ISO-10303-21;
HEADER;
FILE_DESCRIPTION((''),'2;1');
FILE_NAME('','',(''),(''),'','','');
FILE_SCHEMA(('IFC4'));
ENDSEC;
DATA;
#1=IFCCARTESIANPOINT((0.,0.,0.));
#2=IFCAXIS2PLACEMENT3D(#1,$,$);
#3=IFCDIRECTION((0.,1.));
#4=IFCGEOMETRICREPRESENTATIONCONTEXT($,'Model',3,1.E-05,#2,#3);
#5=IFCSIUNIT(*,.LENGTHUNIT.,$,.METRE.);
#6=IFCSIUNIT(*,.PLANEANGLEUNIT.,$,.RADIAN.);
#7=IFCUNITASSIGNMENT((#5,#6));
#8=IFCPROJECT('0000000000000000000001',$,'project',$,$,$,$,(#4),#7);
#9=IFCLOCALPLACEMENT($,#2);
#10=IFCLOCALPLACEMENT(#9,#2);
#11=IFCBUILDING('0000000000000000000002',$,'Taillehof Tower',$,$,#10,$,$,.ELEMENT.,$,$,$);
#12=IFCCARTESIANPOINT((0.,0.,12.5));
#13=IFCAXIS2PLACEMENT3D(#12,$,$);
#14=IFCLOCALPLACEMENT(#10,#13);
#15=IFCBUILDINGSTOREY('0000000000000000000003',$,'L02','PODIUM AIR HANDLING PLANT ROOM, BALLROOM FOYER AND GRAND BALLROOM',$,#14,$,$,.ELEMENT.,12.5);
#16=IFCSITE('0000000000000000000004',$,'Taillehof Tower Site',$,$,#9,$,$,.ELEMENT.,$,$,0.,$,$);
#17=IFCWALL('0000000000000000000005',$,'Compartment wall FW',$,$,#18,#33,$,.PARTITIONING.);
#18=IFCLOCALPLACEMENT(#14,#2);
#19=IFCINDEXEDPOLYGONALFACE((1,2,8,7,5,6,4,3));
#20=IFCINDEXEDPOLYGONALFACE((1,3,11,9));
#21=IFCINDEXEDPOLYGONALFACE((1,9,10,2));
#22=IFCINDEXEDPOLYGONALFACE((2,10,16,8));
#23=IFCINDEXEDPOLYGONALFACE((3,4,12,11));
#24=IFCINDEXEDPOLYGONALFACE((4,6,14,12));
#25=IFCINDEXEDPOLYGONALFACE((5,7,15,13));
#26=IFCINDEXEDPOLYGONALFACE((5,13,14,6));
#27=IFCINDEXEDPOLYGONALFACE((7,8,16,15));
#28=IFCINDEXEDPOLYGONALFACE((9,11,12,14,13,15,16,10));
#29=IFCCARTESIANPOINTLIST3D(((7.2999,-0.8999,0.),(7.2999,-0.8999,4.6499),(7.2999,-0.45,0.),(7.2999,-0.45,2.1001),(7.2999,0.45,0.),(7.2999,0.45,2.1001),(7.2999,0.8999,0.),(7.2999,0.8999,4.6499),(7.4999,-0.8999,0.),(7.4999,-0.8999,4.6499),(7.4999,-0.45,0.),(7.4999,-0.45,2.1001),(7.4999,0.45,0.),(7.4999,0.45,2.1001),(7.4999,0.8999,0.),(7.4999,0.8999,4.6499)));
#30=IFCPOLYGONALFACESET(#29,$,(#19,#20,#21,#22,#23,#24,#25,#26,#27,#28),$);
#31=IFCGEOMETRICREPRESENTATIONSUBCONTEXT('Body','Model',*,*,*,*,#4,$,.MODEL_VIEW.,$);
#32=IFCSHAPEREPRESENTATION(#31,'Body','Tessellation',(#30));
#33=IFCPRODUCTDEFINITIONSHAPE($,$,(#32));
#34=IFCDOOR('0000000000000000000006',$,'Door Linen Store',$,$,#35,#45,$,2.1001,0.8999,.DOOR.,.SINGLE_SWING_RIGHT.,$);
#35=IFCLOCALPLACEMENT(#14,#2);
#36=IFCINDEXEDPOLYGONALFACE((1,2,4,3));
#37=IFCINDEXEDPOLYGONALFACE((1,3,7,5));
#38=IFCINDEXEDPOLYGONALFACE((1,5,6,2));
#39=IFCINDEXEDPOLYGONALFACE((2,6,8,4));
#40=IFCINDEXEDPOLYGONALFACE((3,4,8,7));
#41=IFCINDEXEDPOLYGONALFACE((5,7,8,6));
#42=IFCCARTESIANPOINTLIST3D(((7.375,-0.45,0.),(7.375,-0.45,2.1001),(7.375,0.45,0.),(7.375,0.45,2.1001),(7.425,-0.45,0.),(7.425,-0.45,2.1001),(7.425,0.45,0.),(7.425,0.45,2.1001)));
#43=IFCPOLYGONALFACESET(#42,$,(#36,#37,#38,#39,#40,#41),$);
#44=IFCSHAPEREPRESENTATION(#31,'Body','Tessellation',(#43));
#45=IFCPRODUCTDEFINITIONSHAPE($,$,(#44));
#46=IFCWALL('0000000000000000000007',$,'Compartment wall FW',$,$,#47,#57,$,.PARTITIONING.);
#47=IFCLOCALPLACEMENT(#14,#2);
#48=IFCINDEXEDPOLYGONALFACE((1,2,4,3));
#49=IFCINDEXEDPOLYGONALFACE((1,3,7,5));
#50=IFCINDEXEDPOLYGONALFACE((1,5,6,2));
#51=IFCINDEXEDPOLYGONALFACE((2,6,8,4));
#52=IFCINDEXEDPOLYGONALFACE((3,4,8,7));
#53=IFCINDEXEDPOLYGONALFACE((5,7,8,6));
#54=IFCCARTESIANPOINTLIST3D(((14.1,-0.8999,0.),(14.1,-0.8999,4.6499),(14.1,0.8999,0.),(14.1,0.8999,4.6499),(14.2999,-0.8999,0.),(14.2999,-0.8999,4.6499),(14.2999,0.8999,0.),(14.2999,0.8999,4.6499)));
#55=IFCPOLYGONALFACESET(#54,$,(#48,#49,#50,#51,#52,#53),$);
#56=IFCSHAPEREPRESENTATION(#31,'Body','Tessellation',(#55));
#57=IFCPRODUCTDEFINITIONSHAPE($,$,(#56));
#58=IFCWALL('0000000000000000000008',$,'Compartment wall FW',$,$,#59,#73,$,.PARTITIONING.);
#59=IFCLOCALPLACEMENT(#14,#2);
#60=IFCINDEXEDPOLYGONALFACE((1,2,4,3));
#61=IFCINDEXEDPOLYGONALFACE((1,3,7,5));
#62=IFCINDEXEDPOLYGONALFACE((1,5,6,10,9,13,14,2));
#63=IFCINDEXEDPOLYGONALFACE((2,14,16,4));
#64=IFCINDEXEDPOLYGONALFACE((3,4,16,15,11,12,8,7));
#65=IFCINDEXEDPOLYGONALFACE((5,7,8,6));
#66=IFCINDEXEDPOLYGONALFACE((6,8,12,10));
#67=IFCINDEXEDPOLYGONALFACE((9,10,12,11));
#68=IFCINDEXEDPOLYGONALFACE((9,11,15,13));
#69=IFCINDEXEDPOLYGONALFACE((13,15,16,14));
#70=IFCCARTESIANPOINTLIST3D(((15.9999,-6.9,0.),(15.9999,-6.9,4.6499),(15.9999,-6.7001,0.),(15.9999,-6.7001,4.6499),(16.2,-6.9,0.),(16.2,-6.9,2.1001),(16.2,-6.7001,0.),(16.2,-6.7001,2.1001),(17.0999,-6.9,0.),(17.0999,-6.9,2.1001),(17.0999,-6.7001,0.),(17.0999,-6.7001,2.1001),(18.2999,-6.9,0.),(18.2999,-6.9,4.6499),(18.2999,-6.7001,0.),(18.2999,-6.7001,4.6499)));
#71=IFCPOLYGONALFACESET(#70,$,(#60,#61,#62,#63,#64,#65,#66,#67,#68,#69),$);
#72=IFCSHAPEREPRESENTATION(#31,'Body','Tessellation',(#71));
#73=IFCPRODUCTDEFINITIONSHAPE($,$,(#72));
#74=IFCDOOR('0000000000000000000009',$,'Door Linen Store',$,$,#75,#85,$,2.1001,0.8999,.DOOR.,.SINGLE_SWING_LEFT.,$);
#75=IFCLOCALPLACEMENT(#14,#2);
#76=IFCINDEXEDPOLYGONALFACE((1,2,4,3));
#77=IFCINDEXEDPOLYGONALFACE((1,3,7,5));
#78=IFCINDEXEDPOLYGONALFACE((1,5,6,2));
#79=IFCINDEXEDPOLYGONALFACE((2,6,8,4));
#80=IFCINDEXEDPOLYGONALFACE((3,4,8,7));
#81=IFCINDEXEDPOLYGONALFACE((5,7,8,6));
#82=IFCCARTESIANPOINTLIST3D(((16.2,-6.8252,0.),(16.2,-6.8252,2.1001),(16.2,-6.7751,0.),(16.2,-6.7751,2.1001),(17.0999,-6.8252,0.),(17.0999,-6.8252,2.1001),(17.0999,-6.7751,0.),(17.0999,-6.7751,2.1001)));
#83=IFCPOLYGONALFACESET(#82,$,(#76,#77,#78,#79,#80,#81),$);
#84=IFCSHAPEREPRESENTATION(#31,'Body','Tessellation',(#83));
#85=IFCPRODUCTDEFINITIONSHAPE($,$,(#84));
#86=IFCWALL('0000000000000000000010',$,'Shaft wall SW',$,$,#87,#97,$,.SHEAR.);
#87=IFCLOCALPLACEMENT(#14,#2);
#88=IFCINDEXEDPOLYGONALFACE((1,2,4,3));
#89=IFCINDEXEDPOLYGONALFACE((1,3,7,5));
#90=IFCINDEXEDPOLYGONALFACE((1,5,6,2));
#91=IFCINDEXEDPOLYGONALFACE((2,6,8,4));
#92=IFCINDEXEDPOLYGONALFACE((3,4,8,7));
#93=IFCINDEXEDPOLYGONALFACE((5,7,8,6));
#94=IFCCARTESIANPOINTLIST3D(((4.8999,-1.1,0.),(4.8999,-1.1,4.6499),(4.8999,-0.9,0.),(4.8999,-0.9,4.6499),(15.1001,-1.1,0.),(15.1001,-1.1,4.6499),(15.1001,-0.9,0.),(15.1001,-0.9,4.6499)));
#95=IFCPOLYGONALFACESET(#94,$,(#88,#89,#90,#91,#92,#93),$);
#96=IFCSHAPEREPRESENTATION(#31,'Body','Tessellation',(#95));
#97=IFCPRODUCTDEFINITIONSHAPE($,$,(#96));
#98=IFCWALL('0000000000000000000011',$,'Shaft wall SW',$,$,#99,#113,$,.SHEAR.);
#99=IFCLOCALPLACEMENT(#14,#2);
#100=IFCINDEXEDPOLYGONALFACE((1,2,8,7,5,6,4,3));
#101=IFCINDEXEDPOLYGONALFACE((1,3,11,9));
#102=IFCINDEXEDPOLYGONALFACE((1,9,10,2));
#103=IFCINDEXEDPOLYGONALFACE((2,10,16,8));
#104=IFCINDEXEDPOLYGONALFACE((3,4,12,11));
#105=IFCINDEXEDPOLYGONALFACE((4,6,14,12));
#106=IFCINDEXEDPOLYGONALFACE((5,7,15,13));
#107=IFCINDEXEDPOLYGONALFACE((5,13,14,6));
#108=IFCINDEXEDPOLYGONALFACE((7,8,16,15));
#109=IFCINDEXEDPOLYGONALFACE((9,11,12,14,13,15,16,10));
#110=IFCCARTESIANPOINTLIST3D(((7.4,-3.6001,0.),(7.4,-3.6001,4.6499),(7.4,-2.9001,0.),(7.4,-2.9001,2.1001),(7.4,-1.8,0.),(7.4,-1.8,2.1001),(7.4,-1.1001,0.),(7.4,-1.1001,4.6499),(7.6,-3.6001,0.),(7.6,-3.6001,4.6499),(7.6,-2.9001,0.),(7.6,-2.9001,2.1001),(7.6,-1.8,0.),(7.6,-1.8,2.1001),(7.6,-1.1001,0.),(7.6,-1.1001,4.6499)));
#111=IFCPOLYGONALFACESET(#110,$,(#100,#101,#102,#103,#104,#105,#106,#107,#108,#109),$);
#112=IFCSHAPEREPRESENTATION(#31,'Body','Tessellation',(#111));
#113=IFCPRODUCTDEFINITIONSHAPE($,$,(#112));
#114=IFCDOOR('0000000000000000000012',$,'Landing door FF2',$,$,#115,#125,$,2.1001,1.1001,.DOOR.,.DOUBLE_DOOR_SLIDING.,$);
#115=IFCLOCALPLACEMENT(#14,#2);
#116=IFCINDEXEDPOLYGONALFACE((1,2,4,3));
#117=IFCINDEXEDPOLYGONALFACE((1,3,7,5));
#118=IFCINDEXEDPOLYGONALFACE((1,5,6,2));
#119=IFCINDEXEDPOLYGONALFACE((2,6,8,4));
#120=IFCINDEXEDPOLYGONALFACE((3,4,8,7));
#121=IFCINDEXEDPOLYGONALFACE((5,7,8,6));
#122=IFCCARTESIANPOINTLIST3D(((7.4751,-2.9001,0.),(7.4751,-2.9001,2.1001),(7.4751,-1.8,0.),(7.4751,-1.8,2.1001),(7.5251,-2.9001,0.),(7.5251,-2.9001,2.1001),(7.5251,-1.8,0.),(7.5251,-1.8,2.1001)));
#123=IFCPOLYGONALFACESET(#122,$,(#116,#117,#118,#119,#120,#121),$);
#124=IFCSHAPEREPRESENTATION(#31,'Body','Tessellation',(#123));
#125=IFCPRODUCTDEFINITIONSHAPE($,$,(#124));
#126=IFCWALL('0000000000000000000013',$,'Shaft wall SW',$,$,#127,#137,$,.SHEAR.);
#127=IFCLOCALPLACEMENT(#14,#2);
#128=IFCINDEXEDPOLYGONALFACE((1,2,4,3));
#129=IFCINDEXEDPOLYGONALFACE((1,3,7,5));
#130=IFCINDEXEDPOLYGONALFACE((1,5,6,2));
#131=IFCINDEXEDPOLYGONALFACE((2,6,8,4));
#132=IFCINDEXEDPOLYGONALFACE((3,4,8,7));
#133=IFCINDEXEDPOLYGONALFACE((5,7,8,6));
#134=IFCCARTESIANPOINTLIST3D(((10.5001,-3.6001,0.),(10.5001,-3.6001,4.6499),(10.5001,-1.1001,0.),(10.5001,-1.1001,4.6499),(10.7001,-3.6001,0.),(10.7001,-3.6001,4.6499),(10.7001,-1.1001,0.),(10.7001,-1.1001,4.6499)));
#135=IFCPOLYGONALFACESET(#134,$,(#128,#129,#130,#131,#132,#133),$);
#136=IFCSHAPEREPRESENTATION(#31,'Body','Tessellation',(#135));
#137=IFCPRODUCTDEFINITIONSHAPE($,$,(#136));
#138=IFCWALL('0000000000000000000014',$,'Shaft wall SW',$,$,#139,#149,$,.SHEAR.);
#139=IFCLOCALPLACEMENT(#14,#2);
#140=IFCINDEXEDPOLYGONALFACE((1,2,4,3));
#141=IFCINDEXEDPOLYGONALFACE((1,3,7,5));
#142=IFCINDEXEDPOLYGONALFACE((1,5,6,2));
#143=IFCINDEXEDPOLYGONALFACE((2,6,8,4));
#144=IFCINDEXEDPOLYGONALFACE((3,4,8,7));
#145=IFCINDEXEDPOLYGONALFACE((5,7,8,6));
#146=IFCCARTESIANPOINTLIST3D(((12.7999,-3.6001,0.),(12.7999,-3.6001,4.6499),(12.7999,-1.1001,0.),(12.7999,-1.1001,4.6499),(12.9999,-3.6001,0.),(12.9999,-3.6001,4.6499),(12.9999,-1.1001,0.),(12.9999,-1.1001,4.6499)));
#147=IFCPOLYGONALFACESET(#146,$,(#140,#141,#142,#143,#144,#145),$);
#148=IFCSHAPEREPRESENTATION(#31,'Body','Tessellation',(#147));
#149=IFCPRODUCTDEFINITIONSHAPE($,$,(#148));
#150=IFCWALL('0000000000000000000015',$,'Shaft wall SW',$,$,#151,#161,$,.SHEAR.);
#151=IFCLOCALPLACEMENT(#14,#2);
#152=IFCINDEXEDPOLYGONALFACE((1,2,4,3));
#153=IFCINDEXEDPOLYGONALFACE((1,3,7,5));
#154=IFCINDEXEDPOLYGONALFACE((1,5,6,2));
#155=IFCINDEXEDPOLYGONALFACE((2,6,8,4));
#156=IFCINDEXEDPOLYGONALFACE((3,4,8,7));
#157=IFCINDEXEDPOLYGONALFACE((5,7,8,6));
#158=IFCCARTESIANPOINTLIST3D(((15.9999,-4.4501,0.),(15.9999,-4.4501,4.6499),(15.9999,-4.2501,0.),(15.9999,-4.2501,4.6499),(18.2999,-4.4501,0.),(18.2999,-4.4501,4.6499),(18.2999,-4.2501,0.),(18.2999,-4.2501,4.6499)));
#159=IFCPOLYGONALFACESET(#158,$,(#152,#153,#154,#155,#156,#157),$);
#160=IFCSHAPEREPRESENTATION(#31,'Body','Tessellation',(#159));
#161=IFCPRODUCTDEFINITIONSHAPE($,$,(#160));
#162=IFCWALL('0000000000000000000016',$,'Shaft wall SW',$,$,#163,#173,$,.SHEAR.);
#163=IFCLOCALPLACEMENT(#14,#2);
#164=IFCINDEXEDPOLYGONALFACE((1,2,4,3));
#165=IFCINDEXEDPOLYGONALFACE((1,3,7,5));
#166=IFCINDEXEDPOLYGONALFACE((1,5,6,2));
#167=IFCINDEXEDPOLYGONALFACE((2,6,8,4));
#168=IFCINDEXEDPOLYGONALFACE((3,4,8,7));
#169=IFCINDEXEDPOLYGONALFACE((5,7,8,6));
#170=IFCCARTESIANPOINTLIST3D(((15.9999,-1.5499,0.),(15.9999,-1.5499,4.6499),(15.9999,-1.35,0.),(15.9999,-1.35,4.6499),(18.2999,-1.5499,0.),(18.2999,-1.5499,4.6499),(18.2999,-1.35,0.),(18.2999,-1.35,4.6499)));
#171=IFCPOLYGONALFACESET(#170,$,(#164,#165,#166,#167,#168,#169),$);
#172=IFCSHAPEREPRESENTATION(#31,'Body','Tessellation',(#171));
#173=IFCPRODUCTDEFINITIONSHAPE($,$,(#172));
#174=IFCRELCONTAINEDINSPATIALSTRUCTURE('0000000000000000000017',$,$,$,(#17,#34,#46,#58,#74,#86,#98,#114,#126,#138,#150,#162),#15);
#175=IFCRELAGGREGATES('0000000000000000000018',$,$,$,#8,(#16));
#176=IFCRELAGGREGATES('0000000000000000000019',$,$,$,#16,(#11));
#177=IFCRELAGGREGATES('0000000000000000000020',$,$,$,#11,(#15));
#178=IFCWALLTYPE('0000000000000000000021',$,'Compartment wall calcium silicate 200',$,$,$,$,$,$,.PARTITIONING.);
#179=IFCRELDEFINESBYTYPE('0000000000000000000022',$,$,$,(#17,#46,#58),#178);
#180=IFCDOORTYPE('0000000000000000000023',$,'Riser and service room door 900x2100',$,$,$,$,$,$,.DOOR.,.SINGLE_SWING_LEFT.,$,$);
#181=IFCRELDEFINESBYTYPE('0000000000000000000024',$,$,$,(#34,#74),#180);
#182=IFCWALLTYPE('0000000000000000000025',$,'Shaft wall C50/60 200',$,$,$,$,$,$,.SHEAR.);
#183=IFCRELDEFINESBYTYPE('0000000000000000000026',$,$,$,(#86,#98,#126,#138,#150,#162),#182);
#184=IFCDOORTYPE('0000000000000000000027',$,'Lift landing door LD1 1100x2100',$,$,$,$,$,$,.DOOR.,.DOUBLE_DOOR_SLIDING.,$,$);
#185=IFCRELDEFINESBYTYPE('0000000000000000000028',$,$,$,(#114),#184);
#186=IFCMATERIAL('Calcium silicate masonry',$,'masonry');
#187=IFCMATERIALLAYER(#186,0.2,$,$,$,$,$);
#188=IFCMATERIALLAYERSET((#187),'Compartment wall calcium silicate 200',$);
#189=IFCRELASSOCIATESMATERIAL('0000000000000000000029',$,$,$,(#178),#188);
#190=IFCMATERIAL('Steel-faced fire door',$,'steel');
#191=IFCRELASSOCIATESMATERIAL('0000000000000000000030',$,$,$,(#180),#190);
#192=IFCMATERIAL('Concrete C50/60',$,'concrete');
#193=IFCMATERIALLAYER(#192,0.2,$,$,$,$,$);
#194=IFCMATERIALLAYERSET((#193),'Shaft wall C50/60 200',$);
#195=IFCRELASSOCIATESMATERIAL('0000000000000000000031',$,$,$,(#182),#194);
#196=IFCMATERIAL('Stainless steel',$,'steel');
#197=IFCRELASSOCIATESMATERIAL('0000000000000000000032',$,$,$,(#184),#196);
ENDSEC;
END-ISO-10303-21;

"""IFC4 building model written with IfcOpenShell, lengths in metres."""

from ifc_helpers import new_model, si_unit, direction, frame, frame_2d, origin, place, context, subcontext, project, spatial, rectangle, extrude, material, layer, layer_set, type_object, element, fill, save


model = new_model("IFC4")

# Units and contexts
model_context = context("Model", 3, precision=1e-05, world=origin(), true_north=direction((0.0, 1.0)))
body_context = subcontext(model_context, "Body", "Model", "MODEL_VIEW")
ifc_project = project(units=[si_unit("LENGTHUNIT", "METRE"), si_unit("PLANEANGLEUNIT", "RADIAN")], contexts=[model_context])

# Site, building, storey
site_placement = place(None, origin())
site = spatial("IfcSite", under=ifc_project, at=site_placement, Name="Taillehof Tower Site", CompositionType="ELEMENT", RefElevation=0.0)
building_placement = place(site_placement, origin())
building = spatial("IfcBuilding", under=site, at=building_placement, Name="Taillehof Tower", CompositionType="ELEMENT")
storey_placement = place(building_placement, frame((0.0, 0.0, 12.5)))
storey = spatial("IfcBuildingStorey", under=building, at=storey_placement, Name="L02", Description="PODIUM AIR HANDLING PLANT ROOM, BALLROOM FOYER AND GRAND BALLROOM", CompositionType="ELEMENT", Elevation=12.5)

# Wall, opening, door
ifc_material_1 = material(Name="Calcium silicate masonry", Category="masonry")
ifc_layer_1 = layer(ifc_material_1, 0.2)
ifc_layer_set_1 = layer_set([ifc_layer_1], Name="Compartment wall calcium silicate 200")
wall_type_1 = type_object("IfcWallType", Name="Compartment wall calcium silicate 200", PredefinedType="PARTITIONING", material=ifc_layer_set_1)
wall_1_placement = place(storey_placement, frame((7.3999, -0.8999, 0.0), z_axis=(0.0, 0.0, 1.0), x_axis=(0.0, 1.0, 0.0)))
wall_1 = element("IfcWall", 1, at=wall_1_placement, inside=storey, type_object=wall_type_1, Name="Compartment wall FW", PredefinedType="PARTITIONING", context=body_context, shape_type="SweptSolid", body=[
    extrude(rectangle(XDim=1.7998, YDim=0.2, at=frame_2d((0.8999, 0.0))), origin(), (0.0, 0.0, 1.0), 4.6499),
])
opening_1_placement = place(wall_1_placement, frame((0.45, 0.0, 0.0)))
opening_1 = element("IfcOpeningElement", 2, at=opening_1_placement, cuts=wall_1, PredefinedType="OPENING", context=body_context, shape_type="SweptSolid", body=[
    extrude(rectangle(XDim=0.8999, YDim=2.1001, at=frame_2d((0.45, 1.05))), frame((0.0, 0.1099, 0.0), z_axis=(0.0, -1.0, 0.0), x_axis=(1.0, 0.0, 0.0)), (0.0, 0.0, 1.0), 0.22),
])
ifc_material_2 = material(Name="Steel-faced fire door", Category="steel")
door_type_1 = type_object("IfcDoorType", Name="Riser and service room door 900x2100", OperationType="SINGLE_SWING_LEFT", PredefinedType="DOOR", material=ifc_material_2)
door_1_placement = place(opening_1_placement, origin())
door_1 = element("IfcDoor", 3, at=door_1_placement, inside=storey, type_object=door_type_1, Name="Door Linen Store", OperationType="SINGLE_SWING_RIGHT", OverallHeight=2.1001, OverallWidth=0.8999, PredefinedType="DOOR", context=body_context, shape_type="SweptSolid", body=[
    extrude(rectangle(XDim=0.8999, YDim=2.1001, at=frame_2d((0.45, 1.05))), frame((0.0, 0.0249, 0.0), z_axis=(0.0, -1.0, 0.0), x_axis=(1.0, 0.0, 0.0)), (0.0, 0.0, 1.0), 0.05),
])
fill(opening_1, door_1)

# Wall
wall_2_placement = place(storey_placement, frame((14.2, -0.8999, 0.0), z_axis=(0.0, 0.0, 1.0), x_axis=(0.0, 1.0, 0.0)))
element("IfcWall", 4, at=wall_2_placement, inside=storey, type_object=wall_type_1, Name="Compartment wall FW", PredefinedType="PARTITIONING", context=body_context, shape_type="SweptSolid", body=[
    extrude(rectangle(XDim=1.7998, YDim=0.2, at=frame_2d((0.8999, 0.0))), origin(), (0.0, 0.0, 1.0), 4.6499),
])

# Wall, opening, door
wall_3_placement = place(storey_placement, frame((16.0, -6.8, 0.0), z_axis=(0.0, 0.0, 1.0), x_axis=(1.0, 0.0, 0.0)))
wall_3 = element("IfcWall", 5, at=wall_3_placement, inside=storey, type_object=wall_type_1, Name="Compartment wall FW", PredefinedType="PARTITIONING", context=body_context, shape_type="SweptSolid", body=[
    extrude(rectangle(XDim=2.3, YDim=0.2, at=frame_2d((1.1499, 0.0))), origin(), (0.0, 0.0, 1.0), 4.6499),
])
opening_2_placement = place(wall_3_placement, frame((0.2, 0.0, 0.0)))
opening_2 = element("IfcOpeningElement", 6, at=opening_2_placement, cuts=wall_3, PredefinedType="OPENING", context=body_context, shape_type="SweptSolid", body=[
    extrude(rectangle(XDim=0.8999, YDim=2.1001, at=frame_2d((0.45, 1.05))), frame((0.0, 0.1099, 0.0), z_axis=(0.0, -1.0, 0.0), x_axis=(1.0, 0.0, 0.0)), (0.0, 0.0, 1.0), 0.22),
])
door_2_placement = place(opening_2_placement, origin())
door_2 = element("IfcDoor", 7, at=door_2_placement, inside=storey, type_object=door_type_1, Name="Door Linen Store", OperationType="SINGLE_SWING_LEFT", OverallHeight=2.1001, OverallWidth=0.8999, PredefinedType="DOOR", context=body_context, shape_type="SweptSolid", body=[
    extrude(rectangle(XDim=0.8999, YDim=2.1001, at=frame_2d((0.45, 1.05))), frame((0.0, 0.0249, 0.0), z_axis=(0.0, -1.0, 0.0), x_axis=(1.0, 0.0, 0.0)), (0.0, 0.0, 1.0), 0.05),
])
fill(opening_2, door_2)

# Wall
ifc_material_3 = material(Name="Concrete C50/60", Category="concrete")
ifc_layer_2 = layer(ifc_material_3, 0.2)
ifc_layer_set_2 = layer_set([ifc_layer_2], Name="Shaft wall C50/60 200")
wall_type_2 = type_object("IfcWallType", Name="Shaft wall C50/60 200", PredefinedType="SHEAR", material=ifc_layer_set_2)
wall_4_placement = place(storey_placement, frame((4.8999, -1.0, 0.0), z_axis=(0.0, 0.0, 1.0), x_axis=(1.0, 0.0, 0.0)))
element("IfcWall", 8, at=wall_4_placement, inside=storey, type_object=wall_type_2, Name="Shaft wall SW", PredefinedType="SHEAR", context=body_context, shape_type="SweptSolid", body=[
    extrude(rectangle(XDim=10.2002, YDim=0.2, at=frame_2d((5.1001, 0.0))), origin(), (0.0, 0.0, 1.0), 4.6499),
])

# Wall, opening, door
wall_5_placement = place(storey_placement, frame((7.5, -3.6001, 0.0), z_axis=(0.0, 0.0, 1.0), x_axis=(0.0, 1.0, 0.0)))
wall_5 = element("IfcWall", 9, at=wall_5_placement, inside=storey, type_object=wall_type_2, Name="Shaft wall SW", PredefinedType="SHEAR", context=body_context, shape_type="SweptSolid", body=[
    extrude(rectangle(XDim=2.5, YDim=0.2, at=frame_2d((1.25, 0.0))), origin(), (0.0, 0.0, 1.0), 4.6499),
])
opening_3_placement = place(wall_5_placement, frame((0.7, 0.0, 0.0)))
opening_3 = element("IfcOpeningElement", 10, at=opening_3_placement, cuts=wall_5, PredefinedType="OPENING", context=body_context, shape_type="SweptSolid", body=[
    extrude(rectangle(XDim=1.1001, YDim=2.1001, at=frame_2d((0.55, 1.05))), frame((0.0, 0.1099, 0.0), z_axis=(0.0, -1.0, 0.0), x_axis=(1.0, 0.0, 0.0)), (0.0, 0.0, 1.0), 0.22),
])
ifc_material_4 = material(Name="Stainless steel", Category="steel")
door_type_2 = type_object("IfcDoorType", Name="Lift landing door LD1 1100x2100", OperationType="DOUBLE_DOOR_SLIDING", PredefinedType="DOOR", material=ifc_material_4)
door_3_placement = place(opening_3_placement, origin())
door_3 = element("IfcDoor", 11, at=door_3_placement, inside=storey, type_object=door_type_2, Name="Landing door FF2", OperationType="DOUBLE_DOOR_SLIDING", OverallHeight=2.1001, OverallWidth=1.1001, PredefinedType="DOOR", context=body_context, shape_type="SweptSolid", body=[
    extrude(rectangle(XDim=1.1001, YDim=2.1001, at=frame_2d((0.55, 1.05))), frame((0.0, 0.0249, 0.0), z_axis=(0.0, -1.0, 0.0), x_axis=(1.0, 0.0, 0.0)), (0.0, 0.0, 1.0), 0.05),
])
fill(opening_3, door_3)

# Walls
for number, where, z_axis, x_axis, name in (
    (12, (10.6001, -3.6001, 0.0), (0.0, 0.0, 1.0), (0.0, 1.0, 0.0), "Shaft wall SW"),
    (13, (12.8999, -3.6001, 0.0), (0.0, 0.0, 1.0), (0.0, 1.0, 0.0), "Shaft wall SW"),
):
    element("IfcWall", number, at=place(storey_placement, frame(where, z_axis=z_axis, x_axis=x_axis)), inside=storey, type_object=wall_type_2, Name=name, PredefinedType="SHEAR", context=body_context, shape_type="SweptSolid", body=[
        extrude(rectangle(XDim=2.5, YDim=0.2, at=frame_2d((1.25, 0.0))), origin(), (0.0, 0.0, 1.0), 4.6499),
    ])
for number, where, z_axis, x_axis, name in (
    (14, (16.0, -4.3501, 0.0), (0.0, 0.0, 1.0), (1.0, 0.0, 0.0), "Shaft wall SW"),
    (15, (16.0, -1.45, 0.0), (0.0, 0.0, 1.0), (1.0, 0.0, 0.0), "Shaft wall SW"),
):
    element("IfcWall", number, at=place(storey_placement, frame(where, z_axis=z_axis, x_axis=x_axis)), inside=storey, type_object=wall_type_2, Name=name, PredefinedType="SHEAR", context=body_context, shape_type="SweptSolid", body=[
        extrude(rectangle(XDim=2.3, YDim=0.2, at=frame_2d((1.1499, 0.0))), origin(), (0.0, 0.0, 1.0), 4.6499),
    ])

save(model, "model.ifc")
